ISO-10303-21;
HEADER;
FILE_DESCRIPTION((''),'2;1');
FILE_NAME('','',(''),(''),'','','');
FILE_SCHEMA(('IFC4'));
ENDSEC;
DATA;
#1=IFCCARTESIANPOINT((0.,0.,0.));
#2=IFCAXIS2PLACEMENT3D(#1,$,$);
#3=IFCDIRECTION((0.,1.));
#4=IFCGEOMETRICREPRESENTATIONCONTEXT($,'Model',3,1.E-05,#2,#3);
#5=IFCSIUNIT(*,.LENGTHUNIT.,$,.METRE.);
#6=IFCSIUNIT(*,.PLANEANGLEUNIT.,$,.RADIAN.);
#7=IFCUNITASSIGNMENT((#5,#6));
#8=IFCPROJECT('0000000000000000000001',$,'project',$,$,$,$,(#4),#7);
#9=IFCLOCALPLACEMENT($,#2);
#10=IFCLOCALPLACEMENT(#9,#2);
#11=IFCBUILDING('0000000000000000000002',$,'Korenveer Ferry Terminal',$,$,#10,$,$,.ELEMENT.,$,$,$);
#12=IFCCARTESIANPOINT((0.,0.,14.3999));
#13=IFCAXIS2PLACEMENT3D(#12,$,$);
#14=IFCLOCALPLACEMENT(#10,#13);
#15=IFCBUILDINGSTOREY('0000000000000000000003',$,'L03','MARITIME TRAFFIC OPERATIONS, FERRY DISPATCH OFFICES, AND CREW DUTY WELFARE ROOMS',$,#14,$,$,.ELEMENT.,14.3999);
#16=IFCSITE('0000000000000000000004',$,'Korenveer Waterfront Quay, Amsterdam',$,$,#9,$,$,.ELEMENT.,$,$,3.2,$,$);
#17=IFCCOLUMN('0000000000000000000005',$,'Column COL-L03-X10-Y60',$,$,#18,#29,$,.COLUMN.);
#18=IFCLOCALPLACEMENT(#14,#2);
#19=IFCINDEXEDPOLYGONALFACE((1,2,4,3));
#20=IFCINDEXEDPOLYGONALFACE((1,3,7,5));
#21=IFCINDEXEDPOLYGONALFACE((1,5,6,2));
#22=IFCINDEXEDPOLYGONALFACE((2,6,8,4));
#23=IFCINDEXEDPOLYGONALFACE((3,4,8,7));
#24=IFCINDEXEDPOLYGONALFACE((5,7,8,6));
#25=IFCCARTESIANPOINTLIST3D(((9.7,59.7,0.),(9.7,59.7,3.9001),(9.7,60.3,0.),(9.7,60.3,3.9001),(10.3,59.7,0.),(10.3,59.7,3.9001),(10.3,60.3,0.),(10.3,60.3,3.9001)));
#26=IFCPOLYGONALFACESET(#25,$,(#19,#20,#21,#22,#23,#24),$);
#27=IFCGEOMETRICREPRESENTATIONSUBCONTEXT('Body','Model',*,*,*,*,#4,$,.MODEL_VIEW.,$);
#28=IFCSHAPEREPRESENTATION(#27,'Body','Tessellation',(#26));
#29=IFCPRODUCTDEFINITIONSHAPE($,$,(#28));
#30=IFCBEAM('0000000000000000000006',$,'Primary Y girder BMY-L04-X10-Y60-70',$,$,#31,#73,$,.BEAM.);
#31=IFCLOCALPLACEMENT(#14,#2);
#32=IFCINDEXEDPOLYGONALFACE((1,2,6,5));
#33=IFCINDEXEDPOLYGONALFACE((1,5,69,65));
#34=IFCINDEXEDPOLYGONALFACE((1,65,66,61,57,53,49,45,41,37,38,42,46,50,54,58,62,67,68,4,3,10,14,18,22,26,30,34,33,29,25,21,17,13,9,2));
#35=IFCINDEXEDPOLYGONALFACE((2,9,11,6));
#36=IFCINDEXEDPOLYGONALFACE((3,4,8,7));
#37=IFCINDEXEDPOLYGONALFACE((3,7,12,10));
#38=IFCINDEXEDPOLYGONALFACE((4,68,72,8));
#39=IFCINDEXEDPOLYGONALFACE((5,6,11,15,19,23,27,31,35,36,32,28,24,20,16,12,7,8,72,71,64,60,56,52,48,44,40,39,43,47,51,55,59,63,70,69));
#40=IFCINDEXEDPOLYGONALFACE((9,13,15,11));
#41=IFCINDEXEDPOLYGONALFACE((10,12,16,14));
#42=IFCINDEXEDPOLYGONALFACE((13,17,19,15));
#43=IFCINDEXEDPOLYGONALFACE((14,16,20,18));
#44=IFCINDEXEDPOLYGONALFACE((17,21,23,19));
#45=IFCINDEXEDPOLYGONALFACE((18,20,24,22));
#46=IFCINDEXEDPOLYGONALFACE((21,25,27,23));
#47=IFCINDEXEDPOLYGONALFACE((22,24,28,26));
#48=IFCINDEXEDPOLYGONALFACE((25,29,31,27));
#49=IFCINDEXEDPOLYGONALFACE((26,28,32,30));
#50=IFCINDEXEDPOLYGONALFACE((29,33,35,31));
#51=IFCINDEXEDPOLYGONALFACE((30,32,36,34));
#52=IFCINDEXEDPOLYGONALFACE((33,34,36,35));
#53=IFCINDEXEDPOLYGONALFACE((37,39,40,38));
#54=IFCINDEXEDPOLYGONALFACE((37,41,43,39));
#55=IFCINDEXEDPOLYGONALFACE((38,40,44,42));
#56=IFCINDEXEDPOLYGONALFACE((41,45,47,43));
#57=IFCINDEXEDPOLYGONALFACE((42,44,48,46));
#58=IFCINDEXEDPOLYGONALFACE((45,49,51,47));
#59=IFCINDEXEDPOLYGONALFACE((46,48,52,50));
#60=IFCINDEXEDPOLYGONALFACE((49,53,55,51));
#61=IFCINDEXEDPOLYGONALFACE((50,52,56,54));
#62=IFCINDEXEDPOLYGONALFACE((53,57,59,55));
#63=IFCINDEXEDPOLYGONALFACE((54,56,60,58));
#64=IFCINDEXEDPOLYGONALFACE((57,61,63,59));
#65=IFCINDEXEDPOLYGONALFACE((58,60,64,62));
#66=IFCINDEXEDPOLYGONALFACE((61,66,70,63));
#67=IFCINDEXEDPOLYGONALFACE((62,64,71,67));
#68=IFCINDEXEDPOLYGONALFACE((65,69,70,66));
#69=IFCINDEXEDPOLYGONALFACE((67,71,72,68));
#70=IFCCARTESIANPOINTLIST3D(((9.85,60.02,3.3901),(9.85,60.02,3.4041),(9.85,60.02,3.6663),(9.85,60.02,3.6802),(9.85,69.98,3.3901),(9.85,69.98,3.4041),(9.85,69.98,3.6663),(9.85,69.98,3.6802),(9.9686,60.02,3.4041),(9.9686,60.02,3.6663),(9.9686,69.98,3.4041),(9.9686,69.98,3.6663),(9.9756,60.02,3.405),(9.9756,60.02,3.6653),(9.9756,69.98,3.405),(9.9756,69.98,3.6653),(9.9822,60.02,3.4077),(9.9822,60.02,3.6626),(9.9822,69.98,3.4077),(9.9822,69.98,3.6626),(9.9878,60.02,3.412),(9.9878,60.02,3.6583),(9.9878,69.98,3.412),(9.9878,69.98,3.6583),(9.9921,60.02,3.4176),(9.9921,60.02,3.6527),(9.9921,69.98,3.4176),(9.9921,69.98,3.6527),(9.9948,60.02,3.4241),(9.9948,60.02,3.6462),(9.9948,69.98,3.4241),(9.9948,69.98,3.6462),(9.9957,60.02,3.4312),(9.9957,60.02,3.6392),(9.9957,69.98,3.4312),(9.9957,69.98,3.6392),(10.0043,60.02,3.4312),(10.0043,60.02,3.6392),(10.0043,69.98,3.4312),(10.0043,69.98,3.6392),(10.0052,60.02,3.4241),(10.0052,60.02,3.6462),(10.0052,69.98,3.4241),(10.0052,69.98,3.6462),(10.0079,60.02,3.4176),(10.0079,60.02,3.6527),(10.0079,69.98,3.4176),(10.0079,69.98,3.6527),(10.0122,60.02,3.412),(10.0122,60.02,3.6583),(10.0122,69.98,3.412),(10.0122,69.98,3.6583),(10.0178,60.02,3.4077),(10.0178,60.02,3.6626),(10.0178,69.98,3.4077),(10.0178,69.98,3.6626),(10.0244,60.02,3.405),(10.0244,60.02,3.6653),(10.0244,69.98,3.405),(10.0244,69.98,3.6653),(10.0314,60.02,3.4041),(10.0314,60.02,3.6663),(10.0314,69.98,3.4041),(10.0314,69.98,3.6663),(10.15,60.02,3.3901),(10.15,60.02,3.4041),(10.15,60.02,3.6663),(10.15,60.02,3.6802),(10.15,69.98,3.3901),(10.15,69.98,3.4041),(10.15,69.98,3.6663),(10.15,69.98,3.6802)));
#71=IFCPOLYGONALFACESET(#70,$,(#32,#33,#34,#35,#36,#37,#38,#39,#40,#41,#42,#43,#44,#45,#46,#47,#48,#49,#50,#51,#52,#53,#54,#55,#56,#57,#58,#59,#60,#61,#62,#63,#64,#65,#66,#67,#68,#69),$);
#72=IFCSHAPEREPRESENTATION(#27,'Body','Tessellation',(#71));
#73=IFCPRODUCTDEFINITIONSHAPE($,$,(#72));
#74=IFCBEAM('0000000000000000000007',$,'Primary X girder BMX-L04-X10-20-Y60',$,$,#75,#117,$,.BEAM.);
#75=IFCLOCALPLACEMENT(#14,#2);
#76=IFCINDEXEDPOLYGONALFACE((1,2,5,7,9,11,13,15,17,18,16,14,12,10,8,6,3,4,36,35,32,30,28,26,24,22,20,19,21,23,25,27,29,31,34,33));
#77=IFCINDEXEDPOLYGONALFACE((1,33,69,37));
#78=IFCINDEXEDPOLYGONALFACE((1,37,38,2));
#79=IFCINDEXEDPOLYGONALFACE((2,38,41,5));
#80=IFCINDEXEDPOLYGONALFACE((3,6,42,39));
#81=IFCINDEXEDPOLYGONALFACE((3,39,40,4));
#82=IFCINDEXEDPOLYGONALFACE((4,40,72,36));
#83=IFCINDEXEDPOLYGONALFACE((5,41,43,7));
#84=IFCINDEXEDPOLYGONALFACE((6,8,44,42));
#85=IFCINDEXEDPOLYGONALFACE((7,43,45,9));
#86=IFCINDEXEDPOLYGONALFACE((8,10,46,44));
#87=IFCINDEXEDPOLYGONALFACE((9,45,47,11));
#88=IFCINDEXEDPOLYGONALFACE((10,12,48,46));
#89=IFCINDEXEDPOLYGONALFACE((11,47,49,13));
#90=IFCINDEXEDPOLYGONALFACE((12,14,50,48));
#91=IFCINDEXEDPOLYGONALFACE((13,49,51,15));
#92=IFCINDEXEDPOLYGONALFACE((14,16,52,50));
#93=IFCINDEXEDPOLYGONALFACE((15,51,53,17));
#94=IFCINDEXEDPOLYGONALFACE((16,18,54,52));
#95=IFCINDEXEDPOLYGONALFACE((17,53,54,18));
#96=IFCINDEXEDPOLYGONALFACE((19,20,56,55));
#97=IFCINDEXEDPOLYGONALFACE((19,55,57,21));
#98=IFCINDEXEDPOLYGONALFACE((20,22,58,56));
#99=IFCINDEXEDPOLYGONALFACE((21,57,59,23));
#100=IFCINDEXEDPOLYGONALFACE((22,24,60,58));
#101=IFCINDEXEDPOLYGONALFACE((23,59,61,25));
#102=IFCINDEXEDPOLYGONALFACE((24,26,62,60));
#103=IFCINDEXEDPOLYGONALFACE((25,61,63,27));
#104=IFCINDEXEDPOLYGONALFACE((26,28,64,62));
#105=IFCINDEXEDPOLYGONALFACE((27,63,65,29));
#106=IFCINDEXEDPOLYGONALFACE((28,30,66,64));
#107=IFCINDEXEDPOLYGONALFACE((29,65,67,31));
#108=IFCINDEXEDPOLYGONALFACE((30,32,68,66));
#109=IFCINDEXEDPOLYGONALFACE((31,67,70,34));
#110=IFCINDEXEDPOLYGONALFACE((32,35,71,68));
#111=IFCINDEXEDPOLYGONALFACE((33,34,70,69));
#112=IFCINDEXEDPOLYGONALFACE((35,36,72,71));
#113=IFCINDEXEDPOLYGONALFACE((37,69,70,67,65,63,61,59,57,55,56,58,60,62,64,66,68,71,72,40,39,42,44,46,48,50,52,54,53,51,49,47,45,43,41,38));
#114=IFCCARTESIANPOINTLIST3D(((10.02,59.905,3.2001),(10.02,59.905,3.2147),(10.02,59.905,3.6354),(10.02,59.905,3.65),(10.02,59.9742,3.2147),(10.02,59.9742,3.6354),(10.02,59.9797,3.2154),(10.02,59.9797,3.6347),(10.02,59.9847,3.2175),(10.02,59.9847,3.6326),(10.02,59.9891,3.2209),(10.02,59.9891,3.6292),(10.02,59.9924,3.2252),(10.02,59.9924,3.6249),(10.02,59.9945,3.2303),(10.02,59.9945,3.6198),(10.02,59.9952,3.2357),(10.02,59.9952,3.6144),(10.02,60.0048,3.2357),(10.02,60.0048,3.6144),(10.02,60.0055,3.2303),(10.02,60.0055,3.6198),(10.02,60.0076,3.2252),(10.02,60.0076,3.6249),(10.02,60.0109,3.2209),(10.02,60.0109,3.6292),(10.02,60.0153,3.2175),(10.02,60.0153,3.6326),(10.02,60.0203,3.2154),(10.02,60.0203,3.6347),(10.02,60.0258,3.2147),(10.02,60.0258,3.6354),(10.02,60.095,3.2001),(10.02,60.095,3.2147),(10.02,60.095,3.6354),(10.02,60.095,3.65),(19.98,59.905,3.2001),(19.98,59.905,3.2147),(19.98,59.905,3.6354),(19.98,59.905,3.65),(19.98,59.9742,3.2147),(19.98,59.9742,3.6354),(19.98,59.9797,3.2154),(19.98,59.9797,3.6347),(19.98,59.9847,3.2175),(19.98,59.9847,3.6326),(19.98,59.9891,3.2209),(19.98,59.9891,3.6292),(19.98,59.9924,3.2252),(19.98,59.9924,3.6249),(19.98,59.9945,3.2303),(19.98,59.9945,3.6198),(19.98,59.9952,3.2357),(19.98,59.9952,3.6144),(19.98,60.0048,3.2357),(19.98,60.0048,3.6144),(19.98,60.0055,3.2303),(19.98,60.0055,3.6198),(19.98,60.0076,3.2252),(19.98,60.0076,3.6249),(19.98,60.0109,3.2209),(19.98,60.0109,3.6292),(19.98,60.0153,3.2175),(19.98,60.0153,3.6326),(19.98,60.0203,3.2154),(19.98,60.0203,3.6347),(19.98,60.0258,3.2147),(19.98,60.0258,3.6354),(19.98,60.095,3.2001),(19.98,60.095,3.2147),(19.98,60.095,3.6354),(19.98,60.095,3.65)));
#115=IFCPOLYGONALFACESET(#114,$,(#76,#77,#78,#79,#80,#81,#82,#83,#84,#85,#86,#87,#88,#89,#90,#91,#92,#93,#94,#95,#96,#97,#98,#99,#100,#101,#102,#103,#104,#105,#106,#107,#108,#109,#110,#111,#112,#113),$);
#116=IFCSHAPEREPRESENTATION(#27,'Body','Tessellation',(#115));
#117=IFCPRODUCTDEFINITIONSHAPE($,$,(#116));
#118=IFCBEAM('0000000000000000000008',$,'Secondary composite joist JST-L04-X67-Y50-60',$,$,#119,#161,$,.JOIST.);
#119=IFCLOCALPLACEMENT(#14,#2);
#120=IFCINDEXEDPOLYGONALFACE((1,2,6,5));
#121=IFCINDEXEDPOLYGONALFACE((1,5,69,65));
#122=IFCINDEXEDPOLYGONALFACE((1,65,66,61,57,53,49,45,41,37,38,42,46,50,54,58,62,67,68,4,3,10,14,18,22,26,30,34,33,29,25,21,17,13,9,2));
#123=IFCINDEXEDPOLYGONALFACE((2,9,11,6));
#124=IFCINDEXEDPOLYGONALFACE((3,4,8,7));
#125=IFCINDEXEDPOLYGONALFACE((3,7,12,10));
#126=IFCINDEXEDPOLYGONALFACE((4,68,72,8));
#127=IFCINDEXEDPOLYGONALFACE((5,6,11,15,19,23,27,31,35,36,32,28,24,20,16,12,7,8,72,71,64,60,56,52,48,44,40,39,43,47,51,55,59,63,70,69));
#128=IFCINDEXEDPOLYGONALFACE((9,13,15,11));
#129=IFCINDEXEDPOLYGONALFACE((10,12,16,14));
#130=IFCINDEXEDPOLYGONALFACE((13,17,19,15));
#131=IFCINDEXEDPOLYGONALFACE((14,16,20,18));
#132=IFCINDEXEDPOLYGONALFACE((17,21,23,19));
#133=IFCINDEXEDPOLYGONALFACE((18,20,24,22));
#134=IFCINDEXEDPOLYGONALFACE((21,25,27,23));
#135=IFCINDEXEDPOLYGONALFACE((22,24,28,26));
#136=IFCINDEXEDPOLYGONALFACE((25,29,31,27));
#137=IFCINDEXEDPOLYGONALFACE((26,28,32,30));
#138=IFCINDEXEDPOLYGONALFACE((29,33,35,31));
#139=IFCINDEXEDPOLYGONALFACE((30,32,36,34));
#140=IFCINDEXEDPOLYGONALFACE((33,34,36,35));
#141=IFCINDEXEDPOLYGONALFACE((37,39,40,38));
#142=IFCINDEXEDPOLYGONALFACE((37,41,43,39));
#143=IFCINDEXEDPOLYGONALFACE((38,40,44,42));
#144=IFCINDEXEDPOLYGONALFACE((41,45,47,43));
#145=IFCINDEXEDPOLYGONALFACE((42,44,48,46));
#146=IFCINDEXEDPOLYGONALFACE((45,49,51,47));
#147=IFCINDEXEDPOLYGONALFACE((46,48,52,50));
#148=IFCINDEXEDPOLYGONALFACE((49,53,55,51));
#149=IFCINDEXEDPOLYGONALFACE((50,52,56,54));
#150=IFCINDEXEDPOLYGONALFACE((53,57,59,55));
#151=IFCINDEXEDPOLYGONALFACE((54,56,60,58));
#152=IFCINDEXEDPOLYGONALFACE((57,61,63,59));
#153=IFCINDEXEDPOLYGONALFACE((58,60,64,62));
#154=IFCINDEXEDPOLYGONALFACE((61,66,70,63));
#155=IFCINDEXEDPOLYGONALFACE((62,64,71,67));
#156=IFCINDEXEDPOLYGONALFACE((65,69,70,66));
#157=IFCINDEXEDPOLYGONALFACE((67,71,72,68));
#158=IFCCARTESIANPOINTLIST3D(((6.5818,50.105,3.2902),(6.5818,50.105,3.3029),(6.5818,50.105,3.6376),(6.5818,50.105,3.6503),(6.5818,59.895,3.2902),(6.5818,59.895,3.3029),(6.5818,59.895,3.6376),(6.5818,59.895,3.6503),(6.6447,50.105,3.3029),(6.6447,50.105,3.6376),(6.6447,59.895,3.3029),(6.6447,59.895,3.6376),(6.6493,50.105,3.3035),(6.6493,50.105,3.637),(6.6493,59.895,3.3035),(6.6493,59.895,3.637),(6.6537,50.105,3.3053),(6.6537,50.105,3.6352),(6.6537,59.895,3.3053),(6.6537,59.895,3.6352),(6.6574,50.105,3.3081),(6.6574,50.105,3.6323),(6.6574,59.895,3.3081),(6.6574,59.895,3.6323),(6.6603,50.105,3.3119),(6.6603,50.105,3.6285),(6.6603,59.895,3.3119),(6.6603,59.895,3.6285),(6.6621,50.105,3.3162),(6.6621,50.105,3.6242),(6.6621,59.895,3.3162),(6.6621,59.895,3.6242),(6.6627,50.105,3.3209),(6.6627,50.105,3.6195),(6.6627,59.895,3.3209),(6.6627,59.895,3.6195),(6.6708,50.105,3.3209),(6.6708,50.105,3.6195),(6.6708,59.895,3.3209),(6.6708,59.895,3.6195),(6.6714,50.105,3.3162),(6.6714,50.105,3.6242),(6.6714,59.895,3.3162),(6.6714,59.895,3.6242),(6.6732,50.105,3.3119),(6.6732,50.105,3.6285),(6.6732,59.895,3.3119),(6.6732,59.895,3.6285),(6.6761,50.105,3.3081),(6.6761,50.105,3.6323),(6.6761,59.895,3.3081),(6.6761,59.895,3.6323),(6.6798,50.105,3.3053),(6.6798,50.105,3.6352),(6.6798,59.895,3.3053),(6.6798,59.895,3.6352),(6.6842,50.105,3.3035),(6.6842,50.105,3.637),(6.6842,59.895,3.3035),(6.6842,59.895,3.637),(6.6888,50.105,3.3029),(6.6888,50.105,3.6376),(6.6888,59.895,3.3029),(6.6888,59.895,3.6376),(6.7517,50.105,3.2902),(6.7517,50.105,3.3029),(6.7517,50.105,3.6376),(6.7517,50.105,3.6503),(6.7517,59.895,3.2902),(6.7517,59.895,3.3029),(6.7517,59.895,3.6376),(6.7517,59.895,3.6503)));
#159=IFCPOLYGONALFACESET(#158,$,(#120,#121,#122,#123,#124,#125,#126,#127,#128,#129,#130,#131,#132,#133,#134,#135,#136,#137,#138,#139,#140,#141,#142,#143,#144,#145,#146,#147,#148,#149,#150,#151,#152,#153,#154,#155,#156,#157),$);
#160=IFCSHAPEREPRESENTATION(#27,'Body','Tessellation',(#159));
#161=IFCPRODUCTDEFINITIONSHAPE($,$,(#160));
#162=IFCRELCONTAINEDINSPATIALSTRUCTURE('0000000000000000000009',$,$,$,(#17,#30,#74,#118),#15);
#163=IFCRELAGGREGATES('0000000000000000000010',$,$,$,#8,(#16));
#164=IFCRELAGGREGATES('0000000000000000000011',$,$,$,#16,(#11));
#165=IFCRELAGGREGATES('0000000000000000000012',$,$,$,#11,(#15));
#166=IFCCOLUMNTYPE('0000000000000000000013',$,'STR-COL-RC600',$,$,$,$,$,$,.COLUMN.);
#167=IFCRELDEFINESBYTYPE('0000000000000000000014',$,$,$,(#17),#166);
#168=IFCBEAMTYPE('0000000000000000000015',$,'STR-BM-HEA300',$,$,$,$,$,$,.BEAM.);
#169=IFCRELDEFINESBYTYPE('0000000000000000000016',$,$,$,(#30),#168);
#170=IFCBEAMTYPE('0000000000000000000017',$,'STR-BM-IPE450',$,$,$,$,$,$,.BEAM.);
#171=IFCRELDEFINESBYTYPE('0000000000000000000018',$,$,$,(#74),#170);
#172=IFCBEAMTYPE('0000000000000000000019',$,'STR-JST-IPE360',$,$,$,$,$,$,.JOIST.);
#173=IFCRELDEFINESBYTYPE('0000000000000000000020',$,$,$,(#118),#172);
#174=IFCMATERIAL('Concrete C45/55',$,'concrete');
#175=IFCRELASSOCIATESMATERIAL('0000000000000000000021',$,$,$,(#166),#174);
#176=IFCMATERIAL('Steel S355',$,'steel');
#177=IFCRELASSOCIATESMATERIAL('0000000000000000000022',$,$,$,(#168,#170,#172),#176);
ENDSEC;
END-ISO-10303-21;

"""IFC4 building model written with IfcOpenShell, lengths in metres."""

from ifc_helpers import new_model, si_unit, direction, frame, origin, origin_2d, place, context, subcontext, project, spatial, rectangle, i_section, extrude, material, material_profile, profile_set, type_object, element, save


model = new_model("IFC4")

# Units and contexts
model_context = context("Model", 3, precision=1e-05, world=origin(), true_north=direction((0.0, 1.0)))
body_context = subcontext(model_context, "Body", "Model", "MODEL_VIEW")
ifc_project = project(units=[si_unit("LENGTHUNIT", "METRE"), si_unit("PLANEANGLEUNIT", "RADIAN")], contexts=[model_context])

# Site, building, storey
site_placement = place(None, origin())
site = spatial("IfcSite", under=ifc_project, at=site_placement, Name="Korenveer Waterfront Quay, Amsterdam", CompositionType="ELEMENT", RefElevation=3.2)
building_placement = place(site_placement, origin())
building = spatial("IfcBuilding", under=site, at=building_placement, Name="Korenveer Ferry Terminal", CompositionType="ELEMENT")
storey_placement = place(building_placement, frame((0.0, 0.0, 14.3999)))
storey = spatial("IfcBuildingStorey", under=building, at=storey_placement, Name="L03", Description="MARITIME TRAFFIC OPERATIONS, FERRY DISPATCH OFFICES, AND CREW DUTY WELFARE ROOMS", CompositionType="ELEMENT", Elevation=14.3999)

# Column
ifc_material_1 = material(Name="Concrete C45/55", Category="concrete")
ifc_material_profile_1 = material_profile(ifc_material_1, rectangle(XDim=0.6001, YDim=0.6001, at=origin_2d()), Name="RC 600x600")
ifc_profile_set_1 = profile_set([ifc_material_profile_1], Name="Concrete C45/55")
column_type = type_object("IfcColumnType", Name="STR-COL-RC600", PredefinedType="COLUMN", material=ifc_profile_set_1)
column_placement = place(storey_placement, frame((10.0, 60.0, 0.0), z_axis=(0.0, 0.0, 1.0), x_axis=(1.0, 0.0, 0.0)))
element("IfcColumn", 1, at=column_placement, inside=storey, type_object=column_type, Name="Column COL-L03-X10-Y60", PredefinedType="COLUMN", context=body_context, shape_type="SweptSolid", body=[
    extrude(rectangle(XDim=0.6001, YDim=0.6001, at=origin_2d()), origin(), (0.0, 0.0, 1.0), 3.9001),
])

# Beams
ifc_material_2 = material(Name="Steel S355", Category="steel")
ifc_material_profile_2 = material_profile(ifc_material_2, i_section(OverallWidth=0.3, OverallDepth=0.29, WebThickness=0.0085, FlangeThickness=0.0139, FilletRadius=0.0271, at=origin_2d()), Name="HEA 300")
ifc_profile_set_2 = profile_set([ifc_material_profile_2], Name="Steel S355")
beam_type_1 = type_object("IfcBeamType", Name="STR-BM-HEA300", PredefinedType="BEAM", material=ifc_profile_set_2)
beam_1_placement = place(storey_placement, frame((10.0, 60.02, 3.5352), z_axis=(0.0, 1.0, 0.0), x_axis=(-1.0, 0.0, 0.0)))
element("IfcBeam", 2, at=beam_1_placement, inside=storey, type_object=beam_type_1, Name="Primary Y girder BMY-L04-X10-Y60-70", PredefinedType="BEAM", context=body_context, shape_type="SweptSolid", body=[
    extrude(i_section(OverallWidth=0.3, OverallDepth=0.29, WebThickness=0.0085, FlangeThickness=0.0139, FilletRadius=0.0271, at=origin_2d()), origin(), (0.0, 0.0, 1.0), 9.96),
])
ifc_material_profile_3 = material_profile(ifc_material_2, i_section(OverallWidth=0.1899, OverallDepth=0.45, WebThickness=0.0095, FlangeThickness=0.0146, FilletRadius=0.021, at=origin_2d()), Name="IPE 450")
ifc_profile_set_3 = profile_set([ifc_material_profile_3], Name="Steel S355")
beam_type_2 = type_object("IfcBeamType", Name="STR-BM-IPE450", PredefinedType="BEAM", material=ifc_profile_set_3)
beam_2_placement = place(storey_placement, frame((10.02, 60.0, 3.425), z_axis=(1.0, 0.0, 0.0), x_axis=(0.0, 1.0, 0.0)))
element("IfcBeam", 3, at=beam_2_placement, inside=storey, type_object=beam_type_2, Name="Primary X girder BMX-L04-X10-20-Y60", PredefinedType="BEAM", context=body_context, shape_type="SweptSolid", body=[
    extrude(i_section(OverallWidth=0.1899, OverallDepth=0.45, WebThickness=0.0095, FlangeThickness=0.0146, FilletRadius=0.021, at=origin_2d()), origin(), (0.0, 0.0, 1.0), 9.96),
])
ifc_material_profile_4 = material_profile(ifc_material_2, i_section(OverallWidth=0.1699, OverallDepth=0.3601, WebThickness=0.0081, FlangeThickness=0.0127, FilletRadius=0.0181, at=origin_2d()), Name="IPE 360")
ifc_profile_set_4 = profile_set([ifc_material_profile_4], Name="Steel S355")
beam_type_3 = type_object("IfcBeamType", Name="STR-JST-IPE360", PredefinedType="JOIST", material=ifc_profile_set_4)
for number, where, z_axis, x_axis, name in (
    (4, (6.6667, 50.105, 3.4702), (0.0, 1.0, 0.0), (-1.0, 0.0, 0.0), "Secondary composite joist JST-L04-X67-Y50-60"),
):
    element("IfcBeam", number, at=place(storey_placement, frame(where, z_axis=z_axis, x_axis=x_axis)), inside=storey, type_object=beam_type_3, Name=name, PredefinedType="JOIST", context=body_context, shape_type="SweptSolid", body=[
        extrude(i_section(OverallWidth=0.1699, OverallDepth=0.3601, WebThickness=0.0081, FlangeThickness=0.0127, FilletRadius=0.0181, at=origin_2d()), origin(), (0.0, 0.0, 1.0), 9.79),
    ])

save(model, "model.ifc")
